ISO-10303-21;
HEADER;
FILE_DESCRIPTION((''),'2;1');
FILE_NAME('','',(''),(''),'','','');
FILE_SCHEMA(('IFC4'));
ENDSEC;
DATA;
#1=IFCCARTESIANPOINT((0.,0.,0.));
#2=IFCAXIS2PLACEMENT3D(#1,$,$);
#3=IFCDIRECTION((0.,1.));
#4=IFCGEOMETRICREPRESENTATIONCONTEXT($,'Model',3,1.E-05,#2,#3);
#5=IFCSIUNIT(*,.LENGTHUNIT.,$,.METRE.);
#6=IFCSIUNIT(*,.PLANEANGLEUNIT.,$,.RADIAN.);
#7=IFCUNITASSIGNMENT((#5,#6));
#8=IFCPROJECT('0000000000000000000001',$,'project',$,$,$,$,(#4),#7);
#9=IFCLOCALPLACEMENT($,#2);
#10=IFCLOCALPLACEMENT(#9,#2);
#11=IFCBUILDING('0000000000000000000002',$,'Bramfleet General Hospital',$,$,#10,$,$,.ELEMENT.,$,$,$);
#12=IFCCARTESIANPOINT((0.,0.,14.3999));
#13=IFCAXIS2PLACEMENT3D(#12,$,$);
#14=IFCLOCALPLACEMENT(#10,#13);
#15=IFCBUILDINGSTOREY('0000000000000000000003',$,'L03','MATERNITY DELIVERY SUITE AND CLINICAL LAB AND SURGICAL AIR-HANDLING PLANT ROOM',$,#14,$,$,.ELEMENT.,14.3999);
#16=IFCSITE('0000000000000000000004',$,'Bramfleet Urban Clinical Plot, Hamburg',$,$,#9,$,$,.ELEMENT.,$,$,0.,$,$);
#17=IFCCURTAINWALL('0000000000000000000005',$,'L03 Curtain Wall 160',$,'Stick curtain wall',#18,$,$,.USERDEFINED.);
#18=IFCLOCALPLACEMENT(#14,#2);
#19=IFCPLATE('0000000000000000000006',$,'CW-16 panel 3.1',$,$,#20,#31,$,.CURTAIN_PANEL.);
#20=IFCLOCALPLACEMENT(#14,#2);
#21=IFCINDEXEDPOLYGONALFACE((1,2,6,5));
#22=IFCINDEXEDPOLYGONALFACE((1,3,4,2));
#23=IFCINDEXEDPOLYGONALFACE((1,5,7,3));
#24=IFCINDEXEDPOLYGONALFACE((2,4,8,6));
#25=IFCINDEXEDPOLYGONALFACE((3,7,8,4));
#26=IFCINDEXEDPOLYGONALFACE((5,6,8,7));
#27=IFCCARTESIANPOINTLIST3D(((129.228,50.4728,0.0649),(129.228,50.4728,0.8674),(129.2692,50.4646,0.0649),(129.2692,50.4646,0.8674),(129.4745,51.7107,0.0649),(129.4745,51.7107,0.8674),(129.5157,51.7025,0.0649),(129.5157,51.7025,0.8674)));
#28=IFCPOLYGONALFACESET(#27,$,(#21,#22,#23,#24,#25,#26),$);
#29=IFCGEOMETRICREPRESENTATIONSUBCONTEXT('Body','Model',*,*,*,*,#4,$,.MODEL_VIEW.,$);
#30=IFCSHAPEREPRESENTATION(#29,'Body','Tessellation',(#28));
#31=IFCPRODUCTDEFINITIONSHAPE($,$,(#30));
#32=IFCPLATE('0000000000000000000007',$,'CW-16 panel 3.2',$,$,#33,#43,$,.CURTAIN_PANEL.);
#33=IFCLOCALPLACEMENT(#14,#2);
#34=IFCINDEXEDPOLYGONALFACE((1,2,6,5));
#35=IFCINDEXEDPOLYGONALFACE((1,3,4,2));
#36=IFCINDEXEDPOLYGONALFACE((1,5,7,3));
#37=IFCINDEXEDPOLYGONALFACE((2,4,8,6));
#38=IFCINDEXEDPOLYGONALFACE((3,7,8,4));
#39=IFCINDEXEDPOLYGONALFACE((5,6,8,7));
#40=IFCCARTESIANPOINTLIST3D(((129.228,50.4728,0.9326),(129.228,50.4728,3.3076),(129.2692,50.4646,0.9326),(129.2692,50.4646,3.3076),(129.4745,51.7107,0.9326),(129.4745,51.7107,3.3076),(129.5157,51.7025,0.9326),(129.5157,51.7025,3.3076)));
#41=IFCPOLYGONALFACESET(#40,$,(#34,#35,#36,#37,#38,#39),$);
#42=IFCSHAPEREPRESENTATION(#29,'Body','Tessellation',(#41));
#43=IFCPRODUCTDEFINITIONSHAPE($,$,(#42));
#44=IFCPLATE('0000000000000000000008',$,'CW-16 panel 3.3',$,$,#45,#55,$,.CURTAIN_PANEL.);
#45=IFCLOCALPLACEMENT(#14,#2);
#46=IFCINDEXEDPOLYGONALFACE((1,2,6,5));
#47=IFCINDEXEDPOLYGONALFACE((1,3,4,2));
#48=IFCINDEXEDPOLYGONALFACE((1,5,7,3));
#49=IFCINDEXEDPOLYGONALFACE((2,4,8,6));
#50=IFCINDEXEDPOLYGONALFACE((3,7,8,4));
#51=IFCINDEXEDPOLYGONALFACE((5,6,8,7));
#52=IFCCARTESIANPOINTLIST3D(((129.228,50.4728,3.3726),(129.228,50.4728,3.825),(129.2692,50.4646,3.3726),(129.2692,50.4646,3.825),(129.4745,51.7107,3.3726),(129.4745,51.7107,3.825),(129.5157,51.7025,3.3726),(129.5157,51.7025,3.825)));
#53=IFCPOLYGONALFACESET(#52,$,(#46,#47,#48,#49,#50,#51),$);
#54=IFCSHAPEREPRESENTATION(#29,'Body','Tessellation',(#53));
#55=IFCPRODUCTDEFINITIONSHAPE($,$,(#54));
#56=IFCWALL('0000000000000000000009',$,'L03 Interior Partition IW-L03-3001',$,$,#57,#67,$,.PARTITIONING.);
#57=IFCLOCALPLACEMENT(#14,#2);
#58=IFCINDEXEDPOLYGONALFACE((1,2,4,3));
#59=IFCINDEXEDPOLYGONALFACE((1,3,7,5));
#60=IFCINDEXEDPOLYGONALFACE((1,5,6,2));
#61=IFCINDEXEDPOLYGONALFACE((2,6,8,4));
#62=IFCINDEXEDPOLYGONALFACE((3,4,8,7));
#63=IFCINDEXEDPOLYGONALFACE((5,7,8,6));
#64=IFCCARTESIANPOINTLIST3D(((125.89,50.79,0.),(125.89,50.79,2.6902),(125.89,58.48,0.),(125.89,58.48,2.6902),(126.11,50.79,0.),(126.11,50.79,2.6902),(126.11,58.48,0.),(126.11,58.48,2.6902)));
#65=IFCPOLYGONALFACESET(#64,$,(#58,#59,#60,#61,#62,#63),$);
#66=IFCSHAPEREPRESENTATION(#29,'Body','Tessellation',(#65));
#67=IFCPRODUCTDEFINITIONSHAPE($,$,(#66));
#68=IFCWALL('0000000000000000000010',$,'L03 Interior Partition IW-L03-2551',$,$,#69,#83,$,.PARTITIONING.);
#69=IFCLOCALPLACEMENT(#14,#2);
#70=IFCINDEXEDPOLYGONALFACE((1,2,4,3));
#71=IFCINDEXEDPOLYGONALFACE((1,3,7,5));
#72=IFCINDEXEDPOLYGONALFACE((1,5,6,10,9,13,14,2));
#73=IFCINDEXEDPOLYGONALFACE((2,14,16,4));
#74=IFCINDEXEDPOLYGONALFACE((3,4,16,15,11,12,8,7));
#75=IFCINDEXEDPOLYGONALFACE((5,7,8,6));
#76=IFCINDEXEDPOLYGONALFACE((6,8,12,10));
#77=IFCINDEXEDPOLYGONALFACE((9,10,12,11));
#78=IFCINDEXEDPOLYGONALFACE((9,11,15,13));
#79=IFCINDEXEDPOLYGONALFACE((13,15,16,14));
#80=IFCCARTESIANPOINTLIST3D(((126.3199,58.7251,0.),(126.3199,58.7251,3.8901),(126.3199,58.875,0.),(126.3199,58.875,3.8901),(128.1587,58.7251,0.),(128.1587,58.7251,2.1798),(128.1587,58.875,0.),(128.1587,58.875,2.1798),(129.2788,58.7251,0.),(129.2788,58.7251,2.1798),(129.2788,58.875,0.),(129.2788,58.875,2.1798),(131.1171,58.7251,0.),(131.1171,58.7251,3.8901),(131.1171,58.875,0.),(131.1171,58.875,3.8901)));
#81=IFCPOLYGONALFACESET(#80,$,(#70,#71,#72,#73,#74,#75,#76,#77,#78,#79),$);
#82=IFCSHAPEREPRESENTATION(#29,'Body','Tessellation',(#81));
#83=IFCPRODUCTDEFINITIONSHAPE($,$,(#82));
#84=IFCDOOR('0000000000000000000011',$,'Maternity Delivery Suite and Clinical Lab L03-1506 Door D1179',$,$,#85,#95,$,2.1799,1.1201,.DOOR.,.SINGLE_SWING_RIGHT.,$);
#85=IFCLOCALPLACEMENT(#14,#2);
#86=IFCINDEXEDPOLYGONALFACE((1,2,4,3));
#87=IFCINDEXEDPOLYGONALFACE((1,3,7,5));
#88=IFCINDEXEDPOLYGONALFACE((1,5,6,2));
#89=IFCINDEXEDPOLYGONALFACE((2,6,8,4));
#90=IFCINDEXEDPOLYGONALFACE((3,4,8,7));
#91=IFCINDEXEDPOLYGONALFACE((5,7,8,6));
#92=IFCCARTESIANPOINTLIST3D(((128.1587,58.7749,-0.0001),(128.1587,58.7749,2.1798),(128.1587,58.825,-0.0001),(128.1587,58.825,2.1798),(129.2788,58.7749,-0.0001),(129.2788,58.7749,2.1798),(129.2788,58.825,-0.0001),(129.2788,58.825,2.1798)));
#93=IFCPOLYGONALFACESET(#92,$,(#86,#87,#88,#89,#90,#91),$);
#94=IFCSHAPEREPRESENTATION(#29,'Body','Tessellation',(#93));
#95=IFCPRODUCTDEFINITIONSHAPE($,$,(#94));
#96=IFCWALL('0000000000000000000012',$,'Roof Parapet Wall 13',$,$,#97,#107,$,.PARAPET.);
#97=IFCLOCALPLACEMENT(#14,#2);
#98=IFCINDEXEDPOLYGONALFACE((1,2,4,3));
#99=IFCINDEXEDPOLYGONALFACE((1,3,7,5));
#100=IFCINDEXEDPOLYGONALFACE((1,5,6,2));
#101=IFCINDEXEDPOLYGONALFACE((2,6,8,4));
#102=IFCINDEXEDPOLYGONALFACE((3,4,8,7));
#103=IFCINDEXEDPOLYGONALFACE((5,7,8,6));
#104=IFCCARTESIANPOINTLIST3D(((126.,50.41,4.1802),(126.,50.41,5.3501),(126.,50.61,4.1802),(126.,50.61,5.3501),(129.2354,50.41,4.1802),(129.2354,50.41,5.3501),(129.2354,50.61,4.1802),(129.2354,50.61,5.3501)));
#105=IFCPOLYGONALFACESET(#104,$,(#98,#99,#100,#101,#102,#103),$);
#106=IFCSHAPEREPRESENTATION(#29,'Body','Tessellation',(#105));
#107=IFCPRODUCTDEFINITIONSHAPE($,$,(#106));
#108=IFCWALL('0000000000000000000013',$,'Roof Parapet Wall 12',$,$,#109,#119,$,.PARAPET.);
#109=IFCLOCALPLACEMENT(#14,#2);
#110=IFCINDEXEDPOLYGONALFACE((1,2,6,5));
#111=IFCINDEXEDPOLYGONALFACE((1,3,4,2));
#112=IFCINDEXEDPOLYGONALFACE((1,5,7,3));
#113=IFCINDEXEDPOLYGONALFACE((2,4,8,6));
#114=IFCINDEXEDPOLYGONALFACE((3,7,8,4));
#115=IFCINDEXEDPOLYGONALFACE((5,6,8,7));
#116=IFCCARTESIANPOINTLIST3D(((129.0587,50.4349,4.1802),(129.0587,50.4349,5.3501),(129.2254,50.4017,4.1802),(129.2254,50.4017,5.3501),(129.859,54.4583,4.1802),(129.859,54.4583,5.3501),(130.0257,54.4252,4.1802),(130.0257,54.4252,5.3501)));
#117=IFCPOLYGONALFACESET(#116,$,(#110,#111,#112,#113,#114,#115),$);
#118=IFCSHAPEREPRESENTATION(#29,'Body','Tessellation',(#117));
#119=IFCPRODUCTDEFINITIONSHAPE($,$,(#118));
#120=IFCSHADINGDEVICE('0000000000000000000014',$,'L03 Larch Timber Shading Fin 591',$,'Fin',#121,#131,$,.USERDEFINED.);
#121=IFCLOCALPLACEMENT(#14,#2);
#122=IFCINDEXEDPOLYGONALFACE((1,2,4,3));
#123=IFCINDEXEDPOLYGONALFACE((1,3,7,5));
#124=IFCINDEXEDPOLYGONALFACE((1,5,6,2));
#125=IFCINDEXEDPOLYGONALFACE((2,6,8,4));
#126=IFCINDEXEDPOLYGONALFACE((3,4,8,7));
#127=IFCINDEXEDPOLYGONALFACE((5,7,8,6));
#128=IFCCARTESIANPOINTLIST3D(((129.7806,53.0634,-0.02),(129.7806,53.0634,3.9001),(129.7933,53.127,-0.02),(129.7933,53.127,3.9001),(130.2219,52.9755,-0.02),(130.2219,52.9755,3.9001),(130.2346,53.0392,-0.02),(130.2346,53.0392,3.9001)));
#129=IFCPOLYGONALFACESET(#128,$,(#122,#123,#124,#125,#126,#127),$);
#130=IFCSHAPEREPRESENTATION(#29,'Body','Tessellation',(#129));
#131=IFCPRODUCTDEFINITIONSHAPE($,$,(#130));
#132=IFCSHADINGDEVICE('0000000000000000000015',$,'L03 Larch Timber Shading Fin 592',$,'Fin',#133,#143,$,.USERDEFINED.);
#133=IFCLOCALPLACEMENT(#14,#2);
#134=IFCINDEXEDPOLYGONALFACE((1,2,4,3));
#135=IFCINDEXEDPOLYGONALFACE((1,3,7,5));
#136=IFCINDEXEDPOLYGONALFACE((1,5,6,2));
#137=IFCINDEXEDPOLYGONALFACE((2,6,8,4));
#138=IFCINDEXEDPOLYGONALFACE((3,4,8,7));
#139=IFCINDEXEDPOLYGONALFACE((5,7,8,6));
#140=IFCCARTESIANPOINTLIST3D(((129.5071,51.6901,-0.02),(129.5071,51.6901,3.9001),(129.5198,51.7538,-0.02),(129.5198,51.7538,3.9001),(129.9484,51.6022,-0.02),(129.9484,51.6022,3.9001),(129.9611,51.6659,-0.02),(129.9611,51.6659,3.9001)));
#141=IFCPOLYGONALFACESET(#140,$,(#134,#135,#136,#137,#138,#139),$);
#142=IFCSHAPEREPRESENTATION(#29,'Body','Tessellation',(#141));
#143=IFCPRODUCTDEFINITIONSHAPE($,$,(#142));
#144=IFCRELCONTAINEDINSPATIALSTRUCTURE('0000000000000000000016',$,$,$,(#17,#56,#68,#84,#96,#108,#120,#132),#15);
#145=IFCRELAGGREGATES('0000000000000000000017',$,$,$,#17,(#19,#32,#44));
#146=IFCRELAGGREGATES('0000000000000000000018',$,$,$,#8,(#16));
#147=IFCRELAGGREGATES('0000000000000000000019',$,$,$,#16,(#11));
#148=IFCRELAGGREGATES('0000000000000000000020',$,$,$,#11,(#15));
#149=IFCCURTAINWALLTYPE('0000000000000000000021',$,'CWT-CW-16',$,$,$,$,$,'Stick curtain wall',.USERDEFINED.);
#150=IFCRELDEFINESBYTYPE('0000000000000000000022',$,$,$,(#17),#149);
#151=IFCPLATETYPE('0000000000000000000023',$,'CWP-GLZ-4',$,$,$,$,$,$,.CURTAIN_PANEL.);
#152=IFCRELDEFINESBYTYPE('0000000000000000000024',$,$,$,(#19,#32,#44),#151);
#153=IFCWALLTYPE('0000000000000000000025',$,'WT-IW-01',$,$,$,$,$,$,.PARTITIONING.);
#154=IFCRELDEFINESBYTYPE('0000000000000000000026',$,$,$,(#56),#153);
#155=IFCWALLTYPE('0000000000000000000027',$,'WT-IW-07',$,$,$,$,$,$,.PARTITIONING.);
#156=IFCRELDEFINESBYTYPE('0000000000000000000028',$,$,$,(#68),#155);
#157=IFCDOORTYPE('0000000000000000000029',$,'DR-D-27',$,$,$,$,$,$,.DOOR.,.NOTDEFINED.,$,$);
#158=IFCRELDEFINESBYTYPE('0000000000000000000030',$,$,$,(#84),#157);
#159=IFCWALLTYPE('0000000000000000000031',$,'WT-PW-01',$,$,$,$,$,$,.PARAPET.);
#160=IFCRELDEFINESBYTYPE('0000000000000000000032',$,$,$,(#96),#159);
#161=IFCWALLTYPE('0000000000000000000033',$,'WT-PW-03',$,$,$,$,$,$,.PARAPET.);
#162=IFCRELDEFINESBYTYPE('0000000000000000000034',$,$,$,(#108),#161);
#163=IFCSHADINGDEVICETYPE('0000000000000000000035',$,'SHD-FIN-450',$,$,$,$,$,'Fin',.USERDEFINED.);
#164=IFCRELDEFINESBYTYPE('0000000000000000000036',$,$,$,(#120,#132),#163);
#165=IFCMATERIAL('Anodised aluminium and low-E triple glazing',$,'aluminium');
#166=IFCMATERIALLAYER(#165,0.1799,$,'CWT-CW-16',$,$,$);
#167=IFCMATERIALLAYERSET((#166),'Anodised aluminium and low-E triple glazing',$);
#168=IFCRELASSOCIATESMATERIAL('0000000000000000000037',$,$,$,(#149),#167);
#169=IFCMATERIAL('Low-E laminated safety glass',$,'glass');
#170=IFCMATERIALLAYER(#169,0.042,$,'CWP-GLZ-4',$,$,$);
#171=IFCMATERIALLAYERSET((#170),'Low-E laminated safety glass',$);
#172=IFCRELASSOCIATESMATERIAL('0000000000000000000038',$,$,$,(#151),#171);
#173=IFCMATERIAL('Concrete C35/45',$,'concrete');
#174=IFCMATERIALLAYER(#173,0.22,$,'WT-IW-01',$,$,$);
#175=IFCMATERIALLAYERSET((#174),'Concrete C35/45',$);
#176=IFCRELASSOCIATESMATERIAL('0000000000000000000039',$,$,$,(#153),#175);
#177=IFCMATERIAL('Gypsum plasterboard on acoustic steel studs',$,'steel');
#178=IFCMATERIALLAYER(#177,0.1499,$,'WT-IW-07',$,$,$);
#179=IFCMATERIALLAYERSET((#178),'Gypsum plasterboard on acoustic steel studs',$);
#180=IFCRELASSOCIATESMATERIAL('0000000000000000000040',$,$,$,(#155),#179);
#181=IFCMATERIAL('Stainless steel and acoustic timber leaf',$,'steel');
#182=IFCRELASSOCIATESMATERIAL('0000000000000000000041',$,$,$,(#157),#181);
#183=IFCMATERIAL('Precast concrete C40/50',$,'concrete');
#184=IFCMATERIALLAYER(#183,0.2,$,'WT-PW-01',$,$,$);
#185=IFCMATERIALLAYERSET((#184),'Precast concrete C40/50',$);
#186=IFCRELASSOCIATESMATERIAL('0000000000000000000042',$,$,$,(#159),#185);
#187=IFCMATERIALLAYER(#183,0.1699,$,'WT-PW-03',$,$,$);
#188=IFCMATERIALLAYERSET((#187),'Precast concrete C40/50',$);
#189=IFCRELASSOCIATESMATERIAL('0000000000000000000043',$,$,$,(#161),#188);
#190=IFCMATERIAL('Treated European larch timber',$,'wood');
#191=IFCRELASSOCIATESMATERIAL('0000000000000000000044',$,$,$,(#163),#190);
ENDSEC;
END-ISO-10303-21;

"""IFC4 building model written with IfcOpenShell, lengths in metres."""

from ifc_helpers import new_model, si_unit, direction, frame, frame_2d, origin, origin_2d, place, context, subcontext, project, spatial, rectangle, extrude, material, layer, layer_set, material_profile, profile_set, type_object, element, fill, aggregate, save


model = new_model("IFC4")

# Units and contexts
model_context = context("Model", 3, precision=1e-05, world=origin(), true_north=direction((0.0, 1.0)))
body_context = subcontext(model_context, "Body", "Model", "MODEL_VIEW")
ifc_project = project(units=[si_unit("LENGTHUNIT", "METRE"), si_unit("PLANEANGLEUNIT", "RADIAN")], contexts=[model_context])

# Site, building, storey
site_placement = place(None, origin())
site = spatial("IfcSite", under=ifc_project, at=site_placement, Name="Bramfleet Urban Clinical Plot, Hamburg", CompositionType="ELEMENT", RefElevation=0.0)
building_placement = place(site_placement, origin())
building = spatial("IfcBuilding", under=site, at=building_placement, Name="Bramfleet General Hospital", CompositionType="ELEMENT")
storey_placement = place(building_placement, frame((0.0, 0.0, 14.3999)))
storey = spatial("IfcBuildingStorey", under=building, at=storey_placement, Name="L03", Description="MATERNITY DELIVERY SUITE AND CLINICAL LAB AND SURGICAL AIR-HANDLING PLANT ROOM", CompositionType="ELEMENT", Elevation=14.3999)

# Curtain wall
ifc_material_1 = material(Name="Anodised aluminium and low-E triple glazing", Category="aluminium")
ifc_layer_1 = layer(ifc_material_1, 0.1799, Name="CWT-CW-16")
ifc_layer_set_1 = layer_set([ifc_layer_1], Name="Anodised aluminium and low-E triple glazing")
curtain_wall_type_1 = type_object("IfcCurtainWallType", Name="CWT-CW-16", ElementType="Stick curtain wall", PredefinedType="USERDEFINED", material=ifc_layer_set_1)
curtain_wall_1_placement = place(storey_placement, origin())
curtain_wall_1 = element("IfcCurtainWall", 1, at=curtain_wall_1_placement, inside=storey, type_object=curtain_wall_type_1, Name="L03 Curtain Wall 160", ObjectType="Stick curtain wall", PredefinedType="USERDEFINED")

# Plates
ifc_material_2 = material(Name="Low-E laminated safety glass", Category="glass")
ifc_layer_2 = layer(ifc_material_2, 0.042, Name="CWP-GLZ-4")
ifc_layer_set_2 = layer_set([ifc_layer_2], Name="Low-E laminated safety glass")
plate_type = type_object("IfcPlateType", Name="CWP-GLZ-4", PredefinedType="CURTAIN_PANEL", material=ifc_layer_set_2)
plate_1_placement = place(storey_placement, frame((129.3718, 51.0876, 0.0649), z_axis=(0.0, 0.0, 1.0), x_axis=(-0.195272, -0.980749, 0.0)))
plate_1 = element("IfcPlate", 2, at=plate_1_placement, type_object=plate_type, Name="CW-16 panel 3.1", PredefinedType="CURTAIN_PANEL", context=body_context, shape_type="SweptSolid", body=[
    extrude(rectangle(XDim=1.2622, YDim=0.042, at=origin_2d()), origin(), (0.0, 0.0, 1.0), 0.8025),
])
plate_2_placement = place(storey_placement, frame((129.3718, 51.0876, 0.9326), z_axis=(0.0, 0.0, 1.0), x_axis=(-0.195272, -0.980749, 0.0)))
plate_2 = element("IfcPlate", 3, at=plate_2_placement, type_object=plate_type, Name="CW-16 panel 3.2", PredefinedType="CURTAIN_PANEL", context=body_context, shape_type="SweptSolid", body=[
    extrude(rectangle(XDim=1.2622, YDim=0.042, at=origin_2d()), origin(), (0.0, 0.0, 1.0), 2.375),
])
plate_3_placement = place(storey_placement, frame((129.3718, 51.0876, 3.3726), z_axis=(0.0, 0.0, 1.0), x_axis=(-0.195272, -0.980749, 0.0)))
plate_3 = element("IfcPlate", 4, at=plate_3_placement, type_object=plate_type, Name="CW-16 panel 3.3", PredefinedType="CURTAIN_PANEL", context=body_context, shape_type="SweptSolid", body=[
    extrude(rectangle(XDim=1.2622, YDim=0.042, at=origin_2d()), origin(), (0.0, 0.0, 1.0), 0.4524),
])
aggregate(curtain_wall_1, [plate_1, plate_2, plate_3])

# Wall
ifc_material_3 = material(Name="Concrete C35/45", Category="concrete")
ifc_layer_3 = layer(ifc_material_3, 0.22, Name="WT-IW-01")
ifc_layer_set_3 = layer_set([ifc_layer_3], Name="Concrete C35/45")
wall_type_1 = type_object("IfcWallType", Name="WT-IW-01", PredefinedType="PARTITIONING", material=ifc_layer_set_3)
wall_1_placement = place(storey_placement, frame((126.0, 50.79, 0.0), z_axis=(0.0, 0.0, 1.0), x_axis=(0.0, 1.0, 0.0)))
element("IfcWall", 5, at=wall_1_placement, inside=storey, type_object=wall_type_1, Name="L03 Interior Partition IW-L03-3001", PredefinedType="PARTITIONING", context=body_context, shape_type="SweptSolid", body=[
    extrude(rectangle(XDim=7.6899, YDim=0.22, at=frame_2d((3.845, 0.0))), origin(), (0.0, 0.0, 1.0), 2.6902),
])

# Wall, opening, door
ifc_material_4 = material(Name="Gypsum plasterboard on acoustic steel studs", Category="steel")
ifc_layer_4 = layer(ifc_material_4, 0.1499, Name="WT-IW-07")
ifc_layer_set_4 = layer_set([ifc_layer_4], Name="Gypsum plasterboard on acoustic steel studs")
wall_type_2 = type_object("IfcWallType", Name="WT-IW-07", PredefinedType="PARTITIONING", material=ifc_layer_set_4)
wall_2_placement = place(storey_placement, frame((126.3201, 58.8, 0.0), z_axis=(0.0, 0.0, 1.0), x_axis=(1.0, 0.0, 0.0)))
wall_2 = element("IfcWall", 6, at=wall_2_placement, inside=storey, type_object=wall_type_2, Name="L03 Interior Partition IW-L03-2551", PredefinedType="PARTITIONING", context=body_context, shape_type="SweptSolid", body=[
    extrude(rectangle(XDim=4.7971, YDim=0.1499, at=frame_2d((2.3984, 0.0))), origin(), (0.0, 0.0, 1.0), 3.8901),
])
opening_placement = place(wall_2_placement, frame((1.8386, 0.0, 0.0)))
opening = element("IfcOpeningElement", 7, at=opening_placement, cuts=wall_2, PredefinedType="OPENING", context=body_context, shape_type="SweptSolid", body=[
    extrude(rectangle(XDim=1.1201, YDim=2.1799, at=frame_2d((0.5601, 1.0898))), frame((0.0, 0.085, 0.0), z_axis=(0.0, -1.0, 0.0), x_axis=(1.0, 0.0, 0.0)), (0.0, 0.0, 1.0), 0.1699),
])
ifc_material_5 = material(Name="Stainless steel and acoustic timber leaf", Category="steel")
door_type = type_object("IfcDoorType", Name="DR-D-27", OperationType="NOTDEFINED", PredefinedType="DOOR", material=ifc_material_5)
door_placement = place(opening_placement, origin())
door = element("IfcDoor", 8, at=door_placement, inside=storey, type_object=door_type, Name="Maternity Delivery Suite and Clinical Lab L03-1506 Door D1179", OperationType="SINGLE_SWING_RIGHT", OverallHeight=2.1799, OverallWidth=1.1201, PredefinedType="DOOR", context=body_context, shape_type="SweptSolid", body=[
    extrude(rectangle(XDim=1.1201, YDim=2.1799, at=frame_2d((0.5601, 1.0898))), frame((0.0, 0.0249, 0.0), z_axis=(0.0, -1.0, 0.0), x_axis=(1.0, 0.0, 0.0)), (0.0, 0.0, 1.0), 0.05),
])
fill(opening, door)

# Walls
ifc_material_6 = material(Name="Precast concrete C40/50", Category="concrete")
ifc_layer_5 = layer(ifc_material_6, 0.2, Name="WT-PW-01")
ifc_layer_set_5 = layer_set([ifc_layer_5], Name="Precast concrete C40/50")
wall_type_3 = type_object("IfcWallType", Name="WT-PW-01", PredefinedType="PARAPET", material=ifc_layer_set_5)
wall_3_placement = place(storey_placement, frame((129.2354, 50.51, 4.1802), z_axis=(0.0, 0.0, 1.0), x_axis=(-1.0, 0.0, 0.0)))
element("IfcWall", 9, at=wall_3_placement, inside=storey, type_object=wall_type_3, Name="Roof Parapet Wall 13", PredefinedType="PARAPET", context=body_context, shape_type="SweptSolid", body=[
    extrude(rectangle(XDim=3.2354, YDim=0.2, at=frame_2d((1.6177, 0.0))), origin(), (0.0, 0.0, 1.0), 1.1699),
])
ifc_layer_6 = layer(ifc_material_6, 0.1699, Name="WT-PW-03")
ifc_layer_set_6 = layer_set([ifc_layer_6], Name="Precast concrete C40/50")
wall_type_4 = type_object("IfcWallType", Name="WT-PW-03", PredefinedType="PARAPET", material=ifc_layer_set_6)
wall_4_placement = place(storey_placement, frame((129.9424, 54.4419, 4.1802), z_axis=(0.0, 0.0, 1.0), x_axis=(-0.195086, -0.980786, 0.0)))
element("IfcWall", 10, at=wall_4_placement, inside=storey, type_object=wall_type_4, Name="Roof Parapet Wall 12", PredefinedType="PARAPET", context=body_context, shape_type="SweptSolid", body=[
    extrude(rectangle(XDim=4.1023, YDim=0.1699, at=frame_2d((2.0513, 0.0))), origin(), (0.0, 0.0, 1.0), 1.1699),
])

# Shading devices
ifc_material_7 = material(Name="Treated European larch timber", Category="wood")
ifc_material_profile_1 = material_profile(ifc_material_7, rectangle(XDim=0.0649, YDim=0.45, at=origin_2d()), Name="LARCH FIN 450x65")
ifc_profile_set_1 = profile_set([ifc_material_profile_1], Name="Treated European larch timber")
shading_device_type = type_object("IfcShadingDeviceType", Name="SHD-FIN-450", ElementType="Fin", PredefinedType="USERDEFINED", material=ifc_profile_set_1)
for number, where, z_axis, x_axis, name in (
    (11, (130.0076, 53.0513, -0.02), (0.0, 0.0, 1.0), (-0.195272, -0.980749, 0.0), "L03 Larch Timber Shading Fin 591"),
    (12, (129.7341, 51.678, -0.02), (0.0, 0.0, 1.0), (-0.195272, -0.980749, 0.0), "L03 Larch Timber Shading Fin 592"),
):
    element("IfcShadingDevice", number, at=place(storey_placement, frame(where, z_axis=z_axis, x_axis=x_axis)), inside=storey, type_object=shading_device_type, Name=name, ObjectType="Fin", PredefinedType="USERDEFINED", context=body_context, shape_type="SweptSolid", body=[
        extrude(rectangle(XDim=0.0649, YDim=0.45, at=origin_2d()), origin(), (0.0, 0.0, 1.0), 3.9202),
    ])

save(model, "model.ifc")
